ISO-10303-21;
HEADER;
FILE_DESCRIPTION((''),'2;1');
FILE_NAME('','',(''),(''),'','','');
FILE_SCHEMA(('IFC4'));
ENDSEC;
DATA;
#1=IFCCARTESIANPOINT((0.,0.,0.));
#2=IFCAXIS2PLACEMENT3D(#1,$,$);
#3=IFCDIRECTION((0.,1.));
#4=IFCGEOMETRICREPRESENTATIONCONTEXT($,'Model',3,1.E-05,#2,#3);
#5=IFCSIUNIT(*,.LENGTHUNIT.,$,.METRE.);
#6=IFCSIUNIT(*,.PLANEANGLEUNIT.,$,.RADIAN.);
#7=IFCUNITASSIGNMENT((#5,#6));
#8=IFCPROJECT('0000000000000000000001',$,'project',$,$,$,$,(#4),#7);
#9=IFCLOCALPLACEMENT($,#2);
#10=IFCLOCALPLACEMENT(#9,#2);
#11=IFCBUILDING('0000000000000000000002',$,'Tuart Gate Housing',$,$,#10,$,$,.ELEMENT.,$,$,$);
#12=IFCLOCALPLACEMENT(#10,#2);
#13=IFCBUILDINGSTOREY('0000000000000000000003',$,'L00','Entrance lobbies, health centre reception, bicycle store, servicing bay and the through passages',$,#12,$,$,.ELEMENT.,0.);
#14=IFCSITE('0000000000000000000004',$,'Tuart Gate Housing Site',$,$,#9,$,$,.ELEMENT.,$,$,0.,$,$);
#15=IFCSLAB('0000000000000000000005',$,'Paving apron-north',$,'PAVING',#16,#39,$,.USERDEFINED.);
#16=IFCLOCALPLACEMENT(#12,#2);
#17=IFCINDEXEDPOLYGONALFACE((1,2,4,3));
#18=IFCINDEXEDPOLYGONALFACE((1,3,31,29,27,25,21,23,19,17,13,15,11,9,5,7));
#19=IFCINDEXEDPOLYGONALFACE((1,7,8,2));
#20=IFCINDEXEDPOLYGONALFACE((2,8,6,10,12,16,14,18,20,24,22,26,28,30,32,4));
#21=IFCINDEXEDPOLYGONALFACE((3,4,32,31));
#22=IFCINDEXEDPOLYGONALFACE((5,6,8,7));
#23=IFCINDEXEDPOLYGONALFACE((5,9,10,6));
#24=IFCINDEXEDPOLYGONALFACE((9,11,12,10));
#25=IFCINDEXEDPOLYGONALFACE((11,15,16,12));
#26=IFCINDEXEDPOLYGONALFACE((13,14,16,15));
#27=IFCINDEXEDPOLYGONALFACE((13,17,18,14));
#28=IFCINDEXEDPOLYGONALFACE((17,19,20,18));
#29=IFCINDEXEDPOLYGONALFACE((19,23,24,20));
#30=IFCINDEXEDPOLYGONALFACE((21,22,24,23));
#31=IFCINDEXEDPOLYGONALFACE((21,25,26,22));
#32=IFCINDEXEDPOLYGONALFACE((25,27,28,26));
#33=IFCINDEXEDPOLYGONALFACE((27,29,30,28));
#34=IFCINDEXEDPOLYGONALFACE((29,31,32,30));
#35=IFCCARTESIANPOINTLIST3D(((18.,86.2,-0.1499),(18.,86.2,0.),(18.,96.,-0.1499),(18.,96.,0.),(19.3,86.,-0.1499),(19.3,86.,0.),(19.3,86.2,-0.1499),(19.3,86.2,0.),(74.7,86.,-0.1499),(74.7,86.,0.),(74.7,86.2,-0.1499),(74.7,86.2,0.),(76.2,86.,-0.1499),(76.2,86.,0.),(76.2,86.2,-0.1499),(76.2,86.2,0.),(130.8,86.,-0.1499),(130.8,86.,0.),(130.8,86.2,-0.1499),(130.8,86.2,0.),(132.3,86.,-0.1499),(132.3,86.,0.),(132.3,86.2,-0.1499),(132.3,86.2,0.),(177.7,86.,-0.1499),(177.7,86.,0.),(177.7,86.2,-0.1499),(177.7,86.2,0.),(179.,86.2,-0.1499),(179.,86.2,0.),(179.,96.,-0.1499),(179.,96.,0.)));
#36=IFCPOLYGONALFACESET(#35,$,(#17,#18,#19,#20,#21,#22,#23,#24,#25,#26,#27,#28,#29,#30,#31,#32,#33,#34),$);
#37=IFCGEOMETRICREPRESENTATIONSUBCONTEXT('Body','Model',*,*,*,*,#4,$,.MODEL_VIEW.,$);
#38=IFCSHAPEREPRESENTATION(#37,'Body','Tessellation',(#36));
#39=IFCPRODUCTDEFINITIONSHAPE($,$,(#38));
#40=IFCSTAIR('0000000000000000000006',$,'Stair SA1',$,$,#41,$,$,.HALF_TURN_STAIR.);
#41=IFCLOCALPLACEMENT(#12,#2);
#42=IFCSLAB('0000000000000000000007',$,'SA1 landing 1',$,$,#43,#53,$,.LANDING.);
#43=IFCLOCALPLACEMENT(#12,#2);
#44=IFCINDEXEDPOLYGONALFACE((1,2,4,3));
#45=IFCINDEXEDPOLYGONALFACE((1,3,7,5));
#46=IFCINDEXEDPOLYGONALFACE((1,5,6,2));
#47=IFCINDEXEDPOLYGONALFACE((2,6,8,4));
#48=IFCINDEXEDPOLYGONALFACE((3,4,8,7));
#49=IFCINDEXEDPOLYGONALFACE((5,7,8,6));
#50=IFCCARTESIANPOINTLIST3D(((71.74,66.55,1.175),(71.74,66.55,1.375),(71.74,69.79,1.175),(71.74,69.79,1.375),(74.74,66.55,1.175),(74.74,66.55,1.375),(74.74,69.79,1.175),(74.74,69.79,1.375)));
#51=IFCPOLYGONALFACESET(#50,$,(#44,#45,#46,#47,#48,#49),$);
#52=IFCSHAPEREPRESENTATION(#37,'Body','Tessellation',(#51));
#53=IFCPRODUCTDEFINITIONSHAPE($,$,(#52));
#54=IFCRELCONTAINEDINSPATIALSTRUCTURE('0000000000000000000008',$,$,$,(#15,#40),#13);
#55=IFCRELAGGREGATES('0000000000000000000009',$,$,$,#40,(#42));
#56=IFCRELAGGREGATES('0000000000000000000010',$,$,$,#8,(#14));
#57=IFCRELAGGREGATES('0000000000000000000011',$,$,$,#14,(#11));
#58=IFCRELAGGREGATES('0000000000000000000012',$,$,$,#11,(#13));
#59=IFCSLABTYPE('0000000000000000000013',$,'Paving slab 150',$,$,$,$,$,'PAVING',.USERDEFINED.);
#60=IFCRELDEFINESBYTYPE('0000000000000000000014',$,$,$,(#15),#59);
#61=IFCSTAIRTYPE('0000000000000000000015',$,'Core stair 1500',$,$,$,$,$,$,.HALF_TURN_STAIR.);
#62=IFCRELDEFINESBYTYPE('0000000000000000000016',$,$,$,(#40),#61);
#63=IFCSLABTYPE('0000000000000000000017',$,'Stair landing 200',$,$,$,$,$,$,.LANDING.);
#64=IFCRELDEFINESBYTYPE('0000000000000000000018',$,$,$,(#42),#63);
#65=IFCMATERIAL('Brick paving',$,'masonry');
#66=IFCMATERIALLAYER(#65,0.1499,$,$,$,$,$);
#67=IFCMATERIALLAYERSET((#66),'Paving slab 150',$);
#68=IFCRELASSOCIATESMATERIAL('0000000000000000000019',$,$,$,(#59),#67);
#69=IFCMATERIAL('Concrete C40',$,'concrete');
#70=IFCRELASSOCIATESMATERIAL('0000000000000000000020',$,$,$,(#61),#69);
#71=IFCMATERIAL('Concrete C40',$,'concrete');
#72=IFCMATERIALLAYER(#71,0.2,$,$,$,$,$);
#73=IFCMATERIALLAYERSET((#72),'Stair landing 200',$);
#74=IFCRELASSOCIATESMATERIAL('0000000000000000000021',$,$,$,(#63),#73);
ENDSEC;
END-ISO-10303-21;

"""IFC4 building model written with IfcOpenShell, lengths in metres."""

from ifc_helpers import new_model, si_unit, direction, frame, origin, place, context, subcontext, project, spatial, polyline, outline, extrude, material, layer, layer_set, type_object, element, aggregate, save


model = new_model("IFC4")

# Units and contexts
model_context = context("Model", 3, precision=1e-05, world=origin(), true_north=direction((0.0, 1.0)))
body_context = subcontext(model_context, "Body", "Model", "MODEL_VIEW")
ifc_project = project(units=[si_unit("LENGTHUNIT", "METRE"), si_unit("PLANEANGLEUNIT", "RADIAN")], contexts=[model_context])

# Site, building, storey
site_placement = place(None, origin())
site = spatial("IfcSite", under=ifc_project, at=site_placement, Name="Tuart Gate Housing Site", CompositionType="ELEMENT", RefElevation=0.0)
building_placement = place(site_placement, origin())
building = spatial("IfcBuilding", under=site, at=building_placement, Name="Tuart Gate Housing", CompositionType="ELEMENT")
storey_placement = place(building_placement, origin())
storey = spatial("IfcBuildingStorey", under=building, at=storey_placement, Name="L00", Description="Entrance lobbies, health centre reception, bicycle store, servicing bay and the through passages", CompositionType="ELEMENT", Elevation=0.0)

# Slab
ifc_material_1 = material(Name="Brick paving", Category="masonry")
ifc_layer_1 = layer(ifc_material_1, 0.1499)
ifc_layer_set_1 = layer_set([ifc_layer_1], Name="Paving slab 150")
slab_type_1 = type_object("IfcSlabType", Name="Paving slab 150", ElementType="PAVING", PredefinedType="USERDEFINED", material=ifc_layer_set_1)
slab_1_placement = place(storey_placement, frame((0.0, 0.0, -0.1499)))
element("IfcSlab", 1, at=slab_1_placement, inside=storey, type_object=slab_type_1, Name="Paving apron-north", ObjectType="PAVING", PredefinedType="USERDEFINED", context=body_context, shape_type="SweptSolid", body=[
    extrude(outline(polyline([(18.0, 96.0), (18.0, 86.2), (19.3, 86.2), (19.3, 86.0), (74.7, 86.0), (74.7, 86.2), (76.2, 86.2), (76.2, 86.0), (130.8, 86.0), (130.8, 86.2), (132.3, 86.2), (132.3, 86.0), (177.7, 86.0), (177.7, 86.2), (179.0, 86.2), (179.0, 96.0), (18.0, 96.0)])), origin(), (0.0, 0.0, 1.0), 0.1499),
])

# Stair, slab
ifc_material_2 = material(Name="Concrete C40", Category="concrete")
stair_type = type_object("IfcStairType", Name="Core stair 1500", PredefinedType="HALF_TURN_STAIR", material=ifc_material_2)
stair_placement = place(storey_placement, origin())
stair = element("IfcStair", 2, at=stair_placement, inside=storey, type_object=stair_type, Name="Stair SA1", PredefinedType="HALF_TURN_STAIR")
ifc_material_3 = material(Name="Concrete C40", Category="concrete")
ifc_layer_2 = layer(ifc_material_3, 0.2)
ifc_layer_set_2 = layer_set([ifc_layer_2], Name="Stair landing 200")
slab_type_2 = type_object("IfcSlabType", Name="Stair landing 200", PredefinedType="LANDING", material=ifc_layer_set_2)
slab_2_placement = place(storey_placement, frame((0.0, 0.0, 1.175)))
slab_2 = element("IfcSlab", 3, at=slab_2_placement, type_object=slab_type_2, Name="SA1 landing 1", PredefinedType="LANDING", context=body_context, shape_type="SweptSolid", body=[
    extrude(outline(polyline([(71.74, 66.55), (74.74, 66.55), (74.74, 69.79), (71.74, 69.79), (71.74, 66.55)])), origin(), (0.0, 0.0, 1.0), 0.2),
])
aggregate(stair, [slab_2])

save(model, "model.ifc")
